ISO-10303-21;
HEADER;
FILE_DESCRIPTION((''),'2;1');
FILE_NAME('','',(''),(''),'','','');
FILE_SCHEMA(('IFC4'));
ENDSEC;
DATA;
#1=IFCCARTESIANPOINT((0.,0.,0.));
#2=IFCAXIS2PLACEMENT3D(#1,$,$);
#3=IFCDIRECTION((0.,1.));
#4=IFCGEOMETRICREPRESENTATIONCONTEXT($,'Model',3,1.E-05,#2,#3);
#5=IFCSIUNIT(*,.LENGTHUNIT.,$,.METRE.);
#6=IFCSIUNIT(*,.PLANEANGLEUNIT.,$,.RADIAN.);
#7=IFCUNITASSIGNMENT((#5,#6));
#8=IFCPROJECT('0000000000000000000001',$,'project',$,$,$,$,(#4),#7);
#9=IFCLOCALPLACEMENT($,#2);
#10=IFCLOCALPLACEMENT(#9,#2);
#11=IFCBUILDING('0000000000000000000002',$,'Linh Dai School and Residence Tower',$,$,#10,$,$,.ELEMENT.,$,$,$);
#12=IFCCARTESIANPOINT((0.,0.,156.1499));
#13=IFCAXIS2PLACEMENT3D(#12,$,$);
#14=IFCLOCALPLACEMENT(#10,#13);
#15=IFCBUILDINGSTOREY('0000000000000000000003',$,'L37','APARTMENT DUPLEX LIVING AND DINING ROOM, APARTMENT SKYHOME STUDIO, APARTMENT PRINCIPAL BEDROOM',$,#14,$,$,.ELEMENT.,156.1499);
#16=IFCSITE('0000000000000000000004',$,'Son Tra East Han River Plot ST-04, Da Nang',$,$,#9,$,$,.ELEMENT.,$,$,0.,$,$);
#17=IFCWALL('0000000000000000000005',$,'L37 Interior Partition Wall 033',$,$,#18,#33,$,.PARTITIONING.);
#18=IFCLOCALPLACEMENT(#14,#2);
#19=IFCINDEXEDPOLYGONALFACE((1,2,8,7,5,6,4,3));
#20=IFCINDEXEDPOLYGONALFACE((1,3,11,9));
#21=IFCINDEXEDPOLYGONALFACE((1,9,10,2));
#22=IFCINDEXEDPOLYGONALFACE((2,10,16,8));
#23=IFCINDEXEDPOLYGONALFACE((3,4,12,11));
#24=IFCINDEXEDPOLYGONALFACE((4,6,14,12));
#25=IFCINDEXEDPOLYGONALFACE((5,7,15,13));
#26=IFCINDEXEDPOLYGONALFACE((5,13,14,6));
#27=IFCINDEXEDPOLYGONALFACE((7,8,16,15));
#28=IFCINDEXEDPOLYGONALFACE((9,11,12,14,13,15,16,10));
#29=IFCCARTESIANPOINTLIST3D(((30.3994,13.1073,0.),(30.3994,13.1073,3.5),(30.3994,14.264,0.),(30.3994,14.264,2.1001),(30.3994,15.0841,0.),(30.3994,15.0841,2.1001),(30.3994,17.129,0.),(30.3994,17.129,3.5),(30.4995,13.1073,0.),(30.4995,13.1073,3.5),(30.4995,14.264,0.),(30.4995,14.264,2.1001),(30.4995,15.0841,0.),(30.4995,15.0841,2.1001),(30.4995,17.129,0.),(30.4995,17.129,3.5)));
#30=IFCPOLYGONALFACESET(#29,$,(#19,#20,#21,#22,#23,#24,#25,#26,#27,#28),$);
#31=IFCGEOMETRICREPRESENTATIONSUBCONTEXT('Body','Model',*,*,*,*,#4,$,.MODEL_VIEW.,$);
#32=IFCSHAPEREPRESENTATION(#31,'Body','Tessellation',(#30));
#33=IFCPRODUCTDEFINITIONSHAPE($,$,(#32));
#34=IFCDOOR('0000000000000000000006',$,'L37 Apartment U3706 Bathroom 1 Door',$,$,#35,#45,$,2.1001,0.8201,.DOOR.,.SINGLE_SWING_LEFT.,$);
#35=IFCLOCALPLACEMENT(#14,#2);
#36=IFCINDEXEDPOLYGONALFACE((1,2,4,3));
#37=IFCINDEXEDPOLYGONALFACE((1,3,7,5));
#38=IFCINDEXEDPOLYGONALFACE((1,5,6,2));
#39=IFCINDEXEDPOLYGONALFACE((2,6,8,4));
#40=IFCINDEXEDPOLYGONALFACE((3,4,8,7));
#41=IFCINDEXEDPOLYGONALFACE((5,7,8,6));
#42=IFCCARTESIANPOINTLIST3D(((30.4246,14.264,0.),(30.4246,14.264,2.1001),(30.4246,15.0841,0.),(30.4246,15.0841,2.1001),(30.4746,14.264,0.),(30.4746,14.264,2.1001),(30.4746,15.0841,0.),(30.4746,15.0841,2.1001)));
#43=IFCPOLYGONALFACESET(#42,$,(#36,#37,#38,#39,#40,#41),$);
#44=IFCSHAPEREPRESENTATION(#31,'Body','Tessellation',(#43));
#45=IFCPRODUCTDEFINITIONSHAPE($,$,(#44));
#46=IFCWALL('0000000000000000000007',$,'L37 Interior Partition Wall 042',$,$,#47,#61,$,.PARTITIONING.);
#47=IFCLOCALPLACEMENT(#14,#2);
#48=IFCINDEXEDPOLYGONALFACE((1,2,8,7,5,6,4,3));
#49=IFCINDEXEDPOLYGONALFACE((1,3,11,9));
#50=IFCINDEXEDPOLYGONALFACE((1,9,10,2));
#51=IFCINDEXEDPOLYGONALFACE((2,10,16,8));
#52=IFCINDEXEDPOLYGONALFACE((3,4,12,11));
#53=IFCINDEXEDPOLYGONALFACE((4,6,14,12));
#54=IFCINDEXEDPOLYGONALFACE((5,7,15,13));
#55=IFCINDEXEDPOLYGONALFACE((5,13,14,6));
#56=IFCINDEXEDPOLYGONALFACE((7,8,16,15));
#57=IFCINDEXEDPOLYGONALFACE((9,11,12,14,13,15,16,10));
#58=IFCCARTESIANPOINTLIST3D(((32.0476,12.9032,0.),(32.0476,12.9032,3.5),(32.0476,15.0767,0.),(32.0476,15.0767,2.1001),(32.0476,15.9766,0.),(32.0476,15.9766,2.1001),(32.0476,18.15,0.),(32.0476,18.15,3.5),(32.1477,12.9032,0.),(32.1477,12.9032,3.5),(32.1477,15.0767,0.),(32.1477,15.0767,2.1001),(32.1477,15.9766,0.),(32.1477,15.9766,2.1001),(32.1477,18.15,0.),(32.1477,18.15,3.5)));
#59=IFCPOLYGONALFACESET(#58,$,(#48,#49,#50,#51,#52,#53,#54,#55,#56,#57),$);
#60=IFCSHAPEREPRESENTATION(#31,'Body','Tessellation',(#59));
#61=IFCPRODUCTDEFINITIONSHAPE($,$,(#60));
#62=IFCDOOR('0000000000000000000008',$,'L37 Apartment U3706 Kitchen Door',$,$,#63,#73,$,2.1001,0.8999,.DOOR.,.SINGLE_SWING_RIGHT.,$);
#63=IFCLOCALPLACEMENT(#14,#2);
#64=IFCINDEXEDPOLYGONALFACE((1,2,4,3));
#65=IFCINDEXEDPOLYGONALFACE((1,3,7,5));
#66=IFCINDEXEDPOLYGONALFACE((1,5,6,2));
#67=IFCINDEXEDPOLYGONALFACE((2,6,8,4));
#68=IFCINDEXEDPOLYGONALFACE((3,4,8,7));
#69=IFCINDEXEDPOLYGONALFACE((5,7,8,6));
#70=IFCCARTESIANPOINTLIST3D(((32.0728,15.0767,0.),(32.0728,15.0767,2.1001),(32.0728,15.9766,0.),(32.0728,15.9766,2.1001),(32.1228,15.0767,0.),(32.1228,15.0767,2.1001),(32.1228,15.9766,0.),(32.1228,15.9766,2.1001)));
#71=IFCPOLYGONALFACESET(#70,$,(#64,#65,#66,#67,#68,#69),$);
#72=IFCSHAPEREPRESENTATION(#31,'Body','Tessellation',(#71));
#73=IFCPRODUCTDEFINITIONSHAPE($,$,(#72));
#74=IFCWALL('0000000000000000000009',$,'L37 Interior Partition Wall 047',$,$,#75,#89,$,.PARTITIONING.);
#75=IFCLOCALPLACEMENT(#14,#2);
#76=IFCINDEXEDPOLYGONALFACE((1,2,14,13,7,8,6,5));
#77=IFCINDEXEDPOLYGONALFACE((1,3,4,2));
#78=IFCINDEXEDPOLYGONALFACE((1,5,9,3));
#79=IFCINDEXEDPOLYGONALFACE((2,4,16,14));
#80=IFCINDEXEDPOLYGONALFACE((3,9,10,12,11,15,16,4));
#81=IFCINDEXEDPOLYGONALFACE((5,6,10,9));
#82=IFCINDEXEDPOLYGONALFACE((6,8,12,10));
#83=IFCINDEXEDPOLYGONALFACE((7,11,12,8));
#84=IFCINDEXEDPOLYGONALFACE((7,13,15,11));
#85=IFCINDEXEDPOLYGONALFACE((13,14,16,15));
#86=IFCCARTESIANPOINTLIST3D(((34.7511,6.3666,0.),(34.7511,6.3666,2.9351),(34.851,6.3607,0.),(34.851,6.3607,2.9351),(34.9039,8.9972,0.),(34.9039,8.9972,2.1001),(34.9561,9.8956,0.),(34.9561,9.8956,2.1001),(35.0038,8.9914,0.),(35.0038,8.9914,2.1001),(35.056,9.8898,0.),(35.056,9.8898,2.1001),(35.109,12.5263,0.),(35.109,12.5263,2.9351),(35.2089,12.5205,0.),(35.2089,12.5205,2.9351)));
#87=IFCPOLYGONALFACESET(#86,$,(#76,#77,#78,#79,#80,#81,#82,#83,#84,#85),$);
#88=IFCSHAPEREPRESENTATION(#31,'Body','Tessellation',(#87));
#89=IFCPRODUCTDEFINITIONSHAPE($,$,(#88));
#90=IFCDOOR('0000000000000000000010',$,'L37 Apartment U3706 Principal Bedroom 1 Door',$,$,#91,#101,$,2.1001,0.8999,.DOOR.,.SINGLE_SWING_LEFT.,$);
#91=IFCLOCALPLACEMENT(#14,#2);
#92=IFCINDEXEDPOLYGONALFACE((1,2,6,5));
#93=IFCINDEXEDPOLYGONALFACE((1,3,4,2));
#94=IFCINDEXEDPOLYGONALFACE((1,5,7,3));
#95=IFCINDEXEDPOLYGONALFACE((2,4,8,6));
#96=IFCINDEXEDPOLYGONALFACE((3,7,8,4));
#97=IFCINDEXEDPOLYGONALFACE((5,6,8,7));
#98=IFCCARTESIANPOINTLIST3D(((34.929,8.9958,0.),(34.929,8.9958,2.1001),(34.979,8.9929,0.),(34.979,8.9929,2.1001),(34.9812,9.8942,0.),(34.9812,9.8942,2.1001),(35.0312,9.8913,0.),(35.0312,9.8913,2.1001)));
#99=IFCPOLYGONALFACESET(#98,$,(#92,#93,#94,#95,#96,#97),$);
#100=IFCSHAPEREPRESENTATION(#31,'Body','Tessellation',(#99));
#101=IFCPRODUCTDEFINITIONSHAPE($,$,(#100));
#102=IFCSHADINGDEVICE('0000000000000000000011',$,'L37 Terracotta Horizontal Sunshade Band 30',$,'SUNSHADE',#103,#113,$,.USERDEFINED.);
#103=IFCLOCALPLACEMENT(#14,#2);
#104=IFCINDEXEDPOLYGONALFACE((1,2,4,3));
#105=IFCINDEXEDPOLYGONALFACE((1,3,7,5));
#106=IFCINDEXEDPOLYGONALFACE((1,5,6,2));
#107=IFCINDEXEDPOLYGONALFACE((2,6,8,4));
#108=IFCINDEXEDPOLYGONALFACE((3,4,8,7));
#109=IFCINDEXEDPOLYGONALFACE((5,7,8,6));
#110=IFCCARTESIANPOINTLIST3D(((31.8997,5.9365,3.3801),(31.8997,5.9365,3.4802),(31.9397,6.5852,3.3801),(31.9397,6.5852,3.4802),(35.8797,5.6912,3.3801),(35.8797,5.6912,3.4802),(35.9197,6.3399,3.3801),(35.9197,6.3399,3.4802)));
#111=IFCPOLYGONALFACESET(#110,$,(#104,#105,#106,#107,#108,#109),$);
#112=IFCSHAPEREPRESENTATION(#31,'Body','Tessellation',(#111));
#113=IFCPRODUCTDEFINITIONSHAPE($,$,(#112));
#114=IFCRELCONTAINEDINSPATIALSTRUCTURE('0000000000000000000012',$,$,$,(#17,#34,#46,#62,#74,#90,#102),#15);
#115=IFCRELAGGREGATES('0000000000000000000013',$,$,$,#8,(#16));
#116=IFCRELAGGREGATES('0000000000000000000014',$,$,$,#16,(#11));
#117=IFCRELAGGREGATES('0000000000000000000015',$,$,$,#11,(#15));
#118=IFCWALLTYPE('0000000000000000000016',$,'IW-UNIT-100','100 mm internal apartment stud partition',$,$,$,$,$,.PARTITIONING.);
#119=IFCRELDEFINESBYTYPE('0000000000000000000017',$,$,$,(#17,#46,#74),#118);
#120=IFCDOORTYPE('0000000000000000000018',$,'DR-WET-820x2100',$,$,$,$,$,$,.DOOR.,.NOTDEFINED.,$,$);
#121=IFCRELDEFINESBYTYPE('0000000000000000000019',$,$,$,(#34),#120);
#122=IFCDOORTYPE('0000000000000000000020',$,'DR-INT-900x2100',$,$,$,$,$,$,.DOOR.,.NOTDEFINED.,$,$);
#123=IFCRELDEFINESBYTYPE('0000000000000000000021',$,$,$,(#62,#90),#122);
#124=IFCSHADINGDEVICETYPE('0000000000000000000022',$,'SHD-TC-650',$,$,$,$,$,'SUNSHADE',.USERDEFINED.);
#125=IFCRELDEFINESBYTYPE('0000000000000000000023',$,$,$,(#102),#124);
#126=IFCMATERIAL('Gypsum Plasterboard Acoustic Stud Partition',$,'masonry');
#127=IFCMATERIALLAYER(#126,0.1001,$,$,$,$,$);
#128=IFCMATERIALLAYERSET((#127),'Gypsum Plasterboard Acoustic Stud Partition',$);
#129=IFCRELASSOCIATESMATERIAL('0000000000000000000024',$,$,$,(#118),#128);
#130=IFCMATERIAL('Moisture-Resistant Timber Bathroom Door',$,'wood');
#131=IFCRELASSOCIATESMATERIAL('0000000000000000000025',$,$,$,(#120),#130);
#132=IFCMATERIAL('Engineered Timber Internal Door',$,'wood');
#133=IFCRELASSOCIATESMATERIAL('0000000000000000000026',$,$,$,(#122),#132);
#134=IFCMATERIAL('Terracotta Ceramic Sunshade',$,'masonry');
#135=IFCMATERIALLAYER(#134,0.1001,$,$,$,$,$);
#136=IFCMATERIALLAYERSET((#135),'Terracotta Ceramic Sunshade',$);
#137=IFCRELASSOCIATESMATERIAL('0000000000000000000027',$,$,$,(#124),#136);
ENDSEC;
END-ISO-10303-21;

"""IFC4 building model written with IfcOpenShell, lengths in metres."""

from ifc_helpers import new_model, si_unit, direction, frame, frame_2d, origin, origin_2d, place, context, subcontext, project, spatial, rectangle, extrude, source, transform, mapped, material, layer, layer_set, type_object, element, fill, save


model = new_model("IFC4")

# Units and contexts
model_context = context("Model", 3, precision=1e-05, world=origin(), true_north=direction((0.0, 1.0)))
body_context = subcontext(model_context, "Body", "Model", "MODEL_VIEW")
ifc_project = project(units=[si_unit("LENGTHUNIT", "METRE"), si_unit("PLANEANGLEUNIT", "RADIAN")], contexts=[model_context])

# Site, building, storey
site_placement = place(None, origin())
site = spatial("IfcSite", under=ifc_project, at=site_placement, Name="Son Tra East Han River Plot ST-04, Da Nang", CompositionType="ELEMENT", RefElevation=0.0)
building_placement = place(site_placement, origin())
building = spatial("IfcBuilding", under=site, at=building_placement, Name="Linh Dai School and Residence Tower", CompositionType="ELEMENT")
storey_placement = place(building_placement, frame((0.0, 0.0, 156.1499)))
storey = spatial("IfcBuildingStorey", under=building, at=storey_placement, Name="L37", Description="APARTMENT DUPLEX LIVING AND DINING ROOM, APARTMENT SKYHOME STUDIO, APARTMENT PRINCIPAL BEDROOM", CompositionType="ELEMENT", Elevation=156.1499)

# Shared definitions
ifc_material_1 = material(Name="Gypsum Plasterboard Acoustic Stud Partition", Category="masonry")
ifc_layer_1 = layer(ifc_material_1, 0.1001)
ifc_layer_set_1 = layer_set([ifc_layer_1], Name="Gypsum Plasterboard Acoustic Stud Partition")
wall_type_1 = type_object("IfcWallType", Name="IW-UNIT-100", Description="100 mm internal apartment stud partition", PredefinedType="PARTITIONING", material=ifc_layer_set_1)

# Walls, openings, doors
wall_1_placement = place(storey_placement, frame((30.4495, 13.1074, 0.0), z_axis=(0.0, 0.0, 1.0), x_axis=(0.0, 1.0, 0.0)))
wall_1 = element("IfcWall", 1, at=wall_1_placement, inside=storey, type_object=wall_type_1, Name="L37 Interior Partition Wall 033", PredefinedType="PARTITIONING", context=body_context, shape_type="SweptSolid", body=[
    extrude(rectangle(XDim=4.0217, YDim=0.1001, at=frame_2d((2.0107, 0.0))), origin(), (0.0, 0.0, 1.0), 3.5),
])
opening_1_placement = place(wall_1_placement, frame((1.1565, 0.0, 0.0)))
opening_1 = element("IfcOpeningElement", 2, at=opening_1_placement, cuts=wall_1, PredefinedType="OPENING", context=body_context, shape_type="SweptSolid", body=[
    extrude(rectangle(XDim=0.8201, YDim=2.1001, at=origin_2d()), frame((0.4102, 0.0601, 1.05), z_axis=(0.0, -1.0, 0.0), x_axis=(1.0, 0.0, 0.0)), (0.0, 0.0, 1.0), 0.1201),
])
ifc_material_2 = material(Name="Moisture-Resistant Timber Bathroom Door", Category="wood")
door_type_1 = type_object("IfcDoorType", Name="DR-WET-820x2100", OperationType="NOTDEFINED", PredefinedType="DOOR", material=ifc_material_2)
shared_shape_1 = source(origin(), body_context, "Body", "SweptSolid", [
    extrude(rectangle(XDim=0.8201, YDim=2.1001, at=origin_2d()), frame((0.4102, 0.0249, 1.05), z_axis=(0.0, -1.0, 0.0), x_axis=(1.0, 0.0, 0.0)), (0.0, 0.0, 1.0), 0.05),
])
door_1_placement = place(opening_1_placement, origin())
door_1 = element("IfcDoor", 3, at=door_1_placement, inside=storey, type_object=door_type_1, Name="L37 Apartment U3706 Bathroom 1 Door", OperationType="SINGLE_SWING_LEFT", OverallHeight=2.1001, OverallWidth=0.8201, PredefinedType="DOOR", context=body_context, shape_type="MappedRepresentation", body=[
    mapped(shared_shape_1, transform((0.0, 0.0, 0.0), x_axis=(1.0, 0.0, 0.0), y_axis=(0.0, 1.0, 0.0), z_axis=(0.0, 0.0, 1.0), scale=1.0)),
])
fill(opening_1, door_1)
wall_2_placement = place(storey_placement, frame((32.0977, 12.9031, 0.0), z_axis=(0.0, 0.0, 1.0), x_axis=(0.0, 1.0, 0.0)))
wall_2 = element("IfcWall", 4, at=wall_2_placement, inside=storey, type_object=wall_type_1, Name="L37 Interior Partition Wall 042", PredefinedType="PARTITIONING", context=body_context, shape_type="SweptSolid", body=[
    extrude(rectangle(XDim=5.2468, YDim=0.1001, at=frame_2d((2.6235, 0.0))), origin(), (0.0, 0.0, 1.0), 3.5),
])
opening_2_placement = place(wall_2_placement, frame((2.1736, 0.0, 0.0)))
opening_2 = element("IfcOpeningElement", 5, at=opening_2_placement, cuts=wall_2, PredefinedType="OPENING", context=body_context, shape_type="SweptSolid", body=[
    extrude(rectangle(XDim=0.8999, YDim=2.1001, at=origin_2d()), frame((0.45, 0.0601, 1.05), z_axis=(0.0, -1.0, 0.0), x_axis=(1.0, 0.0, 0.0)), (0.0, 0.0, 1.0), 0.1201),
])
ifc_material_3 = material(Name="Engineered Timber Internal Door", Category="wood")
door_type_2 = type_object("IfcDoorType", Name="DR-INT-900x2100", OperationType="NOTDEFINED", PredefinedType="DOOR", material=ifc_material_3)
shared_shape_2 = source(origin(), body_context, "Body", "SweptSolid", [
    extrude(rectangle(XDim=0.8999, YDim=2.1001, at=origin_2d()), frame((0.45, 0.0249, 1.05), z_axis=(0.0, -1.0, 0.0), x_axis=(1.0, 0.0, 0.0)), (0.0, 0.0, 1.0), 0.05),
])
door_2_placement = place(opening_2_placement, origin())
door_2 = element("IfcDoor", 6, at=door_2_placement, inside=storey, type_object=door_type_2, Name="L37 Apartment U3706 Kitchen Door", OperationType="SINGLE_SWING_RIGHT", OverallHeight=2.1001, OverallWidth=0.8999, PredefinedType="DOOR", context=body_context, shape_type="MappedRepresentation", body=[
    mapped(shared_shape_2, transform((0.0, 0.0, 0.0), x_axis=(1.0, 0.0, 0.0), y_axis=(0.0, 1.0, 0.0), z_axis=(0.0, 0.0, 1.0), scale=1.0)),
])
fill(opening_2, door_2)
wall_3_placement = place(storey_placement, frame((34.801, 6.3638, 0.0), z_axis=(0.0, 0.0, 1.0), x_axis=(0.058008, 0.998316, 0.0)))
wall_3 = element("IfcWall", 7, at=wall_3_placement, inside=storey, type_object=wall_type_1, Name="L37 Interior Partition Wall 047", PredefinedType="PARTITIONING", context=body_context, shape_type="SweptSolid", body=[
    extrude(rectangle(XDim=6.1702, YDim=0.1001, at=frame_2d((3.085, 0.0))), origin(), (0.0, 0.0, 1.0), 2.9351),
])
opening_3_placement = place(wall_3_placement, frame((2.635, 0.0, 0.0)))
opening_3 = element("IfcOpeningElement", 8, at=opening_3_placement, cuts=wall_3, PredefinedType="OPENING", context=body_context, shape_type="SweptSolid", body=[
    extrude(rectangle(XDim=0.8999, YDim=2.1001, at=origin_2d()), frame((0.45, 0.0601, 1.05), z_axis=(0.0, -1.0, 0.0), x_axis=(1.0, 0.0, 0.0)), (0.0, 0.0, 1.0), 0.1201),
])
door_3_placement = place(opening_3_placement, origin())
door_3 = element("IfcDoor", 9, at=door_3_placement, inside=storey, type_object=door_type_2, Name="L37 Apartment U3706 Principal Bedroom 1 Door", OperationType="SINGLE_SWING_LEFT", OverallHeight=2.1001, OverallWidth=0.8999, PredefinedType="DOOR", context=body_context, shape_type="MappedRepresentation", body=[
    mapped(shared_shape_2, transform((0.0, 0.0, 0.0), x_axis=(1.0, 0.0, 0.0), y_axis=(0.0, 1.0, 0.0), z_axis=(0.0, 0.0, 1.0), scale=1.0)),
])
fill(opening_3, door_3)

# Shading device
ifc_material_4 = material(Name="Terracotta Ceramic Sunshade", Category="masonry")
ifc_layer_2 = layer(ifc_material_4, 0.1001)
ifc_layer_set_2 = layer_set([ifc_layer_2], Name="Terracotta Ceramic Sunshade")
shading_device_type = type_object("IfcShadingDeviceType", Name="SHD-TC-650", ElementType="SUNSHADE", PredefinedType="USERDEFINED", material=ifc_layer_set_2)
shared_shape_3 = source(origin(), body_context, "Body", "SweptSolid", [
    extrude(rectangle(XDim=3.9875, YDim=0.6499, at=origin_2d()), origin(), (0.0, 0.0, 1.0), 0.1001),
])
shading_device_placement = place(storey_placement, frame((33.9097, 6.1382, 3.3801), z_axis=(0.0, 0.0, 1.0), x_axis=(-0.998106, 0.061512, 0.0)))
element("IfcShadingDevice", 10, at=shading_device_placement, inside=storey, type_object=shading_device_type, Name="L37 Terracotta Horizontal Sunshade Band 30", ObjectType="SUNSHADE", PredefinedType="USERDEFINED", context=body_context, shape_type="MappedRepresentation", body=[
    mapped(shared_shape_3, transform((0.0, 0.0, 0.0), x_axis=(1.0, 0.0, 0.0), y_axis=(0.0, 1.0, 0.0), z_axis=(0.0, 0.0, 1.0), scale=1.0)),
])

save(model, "model.ifc")
